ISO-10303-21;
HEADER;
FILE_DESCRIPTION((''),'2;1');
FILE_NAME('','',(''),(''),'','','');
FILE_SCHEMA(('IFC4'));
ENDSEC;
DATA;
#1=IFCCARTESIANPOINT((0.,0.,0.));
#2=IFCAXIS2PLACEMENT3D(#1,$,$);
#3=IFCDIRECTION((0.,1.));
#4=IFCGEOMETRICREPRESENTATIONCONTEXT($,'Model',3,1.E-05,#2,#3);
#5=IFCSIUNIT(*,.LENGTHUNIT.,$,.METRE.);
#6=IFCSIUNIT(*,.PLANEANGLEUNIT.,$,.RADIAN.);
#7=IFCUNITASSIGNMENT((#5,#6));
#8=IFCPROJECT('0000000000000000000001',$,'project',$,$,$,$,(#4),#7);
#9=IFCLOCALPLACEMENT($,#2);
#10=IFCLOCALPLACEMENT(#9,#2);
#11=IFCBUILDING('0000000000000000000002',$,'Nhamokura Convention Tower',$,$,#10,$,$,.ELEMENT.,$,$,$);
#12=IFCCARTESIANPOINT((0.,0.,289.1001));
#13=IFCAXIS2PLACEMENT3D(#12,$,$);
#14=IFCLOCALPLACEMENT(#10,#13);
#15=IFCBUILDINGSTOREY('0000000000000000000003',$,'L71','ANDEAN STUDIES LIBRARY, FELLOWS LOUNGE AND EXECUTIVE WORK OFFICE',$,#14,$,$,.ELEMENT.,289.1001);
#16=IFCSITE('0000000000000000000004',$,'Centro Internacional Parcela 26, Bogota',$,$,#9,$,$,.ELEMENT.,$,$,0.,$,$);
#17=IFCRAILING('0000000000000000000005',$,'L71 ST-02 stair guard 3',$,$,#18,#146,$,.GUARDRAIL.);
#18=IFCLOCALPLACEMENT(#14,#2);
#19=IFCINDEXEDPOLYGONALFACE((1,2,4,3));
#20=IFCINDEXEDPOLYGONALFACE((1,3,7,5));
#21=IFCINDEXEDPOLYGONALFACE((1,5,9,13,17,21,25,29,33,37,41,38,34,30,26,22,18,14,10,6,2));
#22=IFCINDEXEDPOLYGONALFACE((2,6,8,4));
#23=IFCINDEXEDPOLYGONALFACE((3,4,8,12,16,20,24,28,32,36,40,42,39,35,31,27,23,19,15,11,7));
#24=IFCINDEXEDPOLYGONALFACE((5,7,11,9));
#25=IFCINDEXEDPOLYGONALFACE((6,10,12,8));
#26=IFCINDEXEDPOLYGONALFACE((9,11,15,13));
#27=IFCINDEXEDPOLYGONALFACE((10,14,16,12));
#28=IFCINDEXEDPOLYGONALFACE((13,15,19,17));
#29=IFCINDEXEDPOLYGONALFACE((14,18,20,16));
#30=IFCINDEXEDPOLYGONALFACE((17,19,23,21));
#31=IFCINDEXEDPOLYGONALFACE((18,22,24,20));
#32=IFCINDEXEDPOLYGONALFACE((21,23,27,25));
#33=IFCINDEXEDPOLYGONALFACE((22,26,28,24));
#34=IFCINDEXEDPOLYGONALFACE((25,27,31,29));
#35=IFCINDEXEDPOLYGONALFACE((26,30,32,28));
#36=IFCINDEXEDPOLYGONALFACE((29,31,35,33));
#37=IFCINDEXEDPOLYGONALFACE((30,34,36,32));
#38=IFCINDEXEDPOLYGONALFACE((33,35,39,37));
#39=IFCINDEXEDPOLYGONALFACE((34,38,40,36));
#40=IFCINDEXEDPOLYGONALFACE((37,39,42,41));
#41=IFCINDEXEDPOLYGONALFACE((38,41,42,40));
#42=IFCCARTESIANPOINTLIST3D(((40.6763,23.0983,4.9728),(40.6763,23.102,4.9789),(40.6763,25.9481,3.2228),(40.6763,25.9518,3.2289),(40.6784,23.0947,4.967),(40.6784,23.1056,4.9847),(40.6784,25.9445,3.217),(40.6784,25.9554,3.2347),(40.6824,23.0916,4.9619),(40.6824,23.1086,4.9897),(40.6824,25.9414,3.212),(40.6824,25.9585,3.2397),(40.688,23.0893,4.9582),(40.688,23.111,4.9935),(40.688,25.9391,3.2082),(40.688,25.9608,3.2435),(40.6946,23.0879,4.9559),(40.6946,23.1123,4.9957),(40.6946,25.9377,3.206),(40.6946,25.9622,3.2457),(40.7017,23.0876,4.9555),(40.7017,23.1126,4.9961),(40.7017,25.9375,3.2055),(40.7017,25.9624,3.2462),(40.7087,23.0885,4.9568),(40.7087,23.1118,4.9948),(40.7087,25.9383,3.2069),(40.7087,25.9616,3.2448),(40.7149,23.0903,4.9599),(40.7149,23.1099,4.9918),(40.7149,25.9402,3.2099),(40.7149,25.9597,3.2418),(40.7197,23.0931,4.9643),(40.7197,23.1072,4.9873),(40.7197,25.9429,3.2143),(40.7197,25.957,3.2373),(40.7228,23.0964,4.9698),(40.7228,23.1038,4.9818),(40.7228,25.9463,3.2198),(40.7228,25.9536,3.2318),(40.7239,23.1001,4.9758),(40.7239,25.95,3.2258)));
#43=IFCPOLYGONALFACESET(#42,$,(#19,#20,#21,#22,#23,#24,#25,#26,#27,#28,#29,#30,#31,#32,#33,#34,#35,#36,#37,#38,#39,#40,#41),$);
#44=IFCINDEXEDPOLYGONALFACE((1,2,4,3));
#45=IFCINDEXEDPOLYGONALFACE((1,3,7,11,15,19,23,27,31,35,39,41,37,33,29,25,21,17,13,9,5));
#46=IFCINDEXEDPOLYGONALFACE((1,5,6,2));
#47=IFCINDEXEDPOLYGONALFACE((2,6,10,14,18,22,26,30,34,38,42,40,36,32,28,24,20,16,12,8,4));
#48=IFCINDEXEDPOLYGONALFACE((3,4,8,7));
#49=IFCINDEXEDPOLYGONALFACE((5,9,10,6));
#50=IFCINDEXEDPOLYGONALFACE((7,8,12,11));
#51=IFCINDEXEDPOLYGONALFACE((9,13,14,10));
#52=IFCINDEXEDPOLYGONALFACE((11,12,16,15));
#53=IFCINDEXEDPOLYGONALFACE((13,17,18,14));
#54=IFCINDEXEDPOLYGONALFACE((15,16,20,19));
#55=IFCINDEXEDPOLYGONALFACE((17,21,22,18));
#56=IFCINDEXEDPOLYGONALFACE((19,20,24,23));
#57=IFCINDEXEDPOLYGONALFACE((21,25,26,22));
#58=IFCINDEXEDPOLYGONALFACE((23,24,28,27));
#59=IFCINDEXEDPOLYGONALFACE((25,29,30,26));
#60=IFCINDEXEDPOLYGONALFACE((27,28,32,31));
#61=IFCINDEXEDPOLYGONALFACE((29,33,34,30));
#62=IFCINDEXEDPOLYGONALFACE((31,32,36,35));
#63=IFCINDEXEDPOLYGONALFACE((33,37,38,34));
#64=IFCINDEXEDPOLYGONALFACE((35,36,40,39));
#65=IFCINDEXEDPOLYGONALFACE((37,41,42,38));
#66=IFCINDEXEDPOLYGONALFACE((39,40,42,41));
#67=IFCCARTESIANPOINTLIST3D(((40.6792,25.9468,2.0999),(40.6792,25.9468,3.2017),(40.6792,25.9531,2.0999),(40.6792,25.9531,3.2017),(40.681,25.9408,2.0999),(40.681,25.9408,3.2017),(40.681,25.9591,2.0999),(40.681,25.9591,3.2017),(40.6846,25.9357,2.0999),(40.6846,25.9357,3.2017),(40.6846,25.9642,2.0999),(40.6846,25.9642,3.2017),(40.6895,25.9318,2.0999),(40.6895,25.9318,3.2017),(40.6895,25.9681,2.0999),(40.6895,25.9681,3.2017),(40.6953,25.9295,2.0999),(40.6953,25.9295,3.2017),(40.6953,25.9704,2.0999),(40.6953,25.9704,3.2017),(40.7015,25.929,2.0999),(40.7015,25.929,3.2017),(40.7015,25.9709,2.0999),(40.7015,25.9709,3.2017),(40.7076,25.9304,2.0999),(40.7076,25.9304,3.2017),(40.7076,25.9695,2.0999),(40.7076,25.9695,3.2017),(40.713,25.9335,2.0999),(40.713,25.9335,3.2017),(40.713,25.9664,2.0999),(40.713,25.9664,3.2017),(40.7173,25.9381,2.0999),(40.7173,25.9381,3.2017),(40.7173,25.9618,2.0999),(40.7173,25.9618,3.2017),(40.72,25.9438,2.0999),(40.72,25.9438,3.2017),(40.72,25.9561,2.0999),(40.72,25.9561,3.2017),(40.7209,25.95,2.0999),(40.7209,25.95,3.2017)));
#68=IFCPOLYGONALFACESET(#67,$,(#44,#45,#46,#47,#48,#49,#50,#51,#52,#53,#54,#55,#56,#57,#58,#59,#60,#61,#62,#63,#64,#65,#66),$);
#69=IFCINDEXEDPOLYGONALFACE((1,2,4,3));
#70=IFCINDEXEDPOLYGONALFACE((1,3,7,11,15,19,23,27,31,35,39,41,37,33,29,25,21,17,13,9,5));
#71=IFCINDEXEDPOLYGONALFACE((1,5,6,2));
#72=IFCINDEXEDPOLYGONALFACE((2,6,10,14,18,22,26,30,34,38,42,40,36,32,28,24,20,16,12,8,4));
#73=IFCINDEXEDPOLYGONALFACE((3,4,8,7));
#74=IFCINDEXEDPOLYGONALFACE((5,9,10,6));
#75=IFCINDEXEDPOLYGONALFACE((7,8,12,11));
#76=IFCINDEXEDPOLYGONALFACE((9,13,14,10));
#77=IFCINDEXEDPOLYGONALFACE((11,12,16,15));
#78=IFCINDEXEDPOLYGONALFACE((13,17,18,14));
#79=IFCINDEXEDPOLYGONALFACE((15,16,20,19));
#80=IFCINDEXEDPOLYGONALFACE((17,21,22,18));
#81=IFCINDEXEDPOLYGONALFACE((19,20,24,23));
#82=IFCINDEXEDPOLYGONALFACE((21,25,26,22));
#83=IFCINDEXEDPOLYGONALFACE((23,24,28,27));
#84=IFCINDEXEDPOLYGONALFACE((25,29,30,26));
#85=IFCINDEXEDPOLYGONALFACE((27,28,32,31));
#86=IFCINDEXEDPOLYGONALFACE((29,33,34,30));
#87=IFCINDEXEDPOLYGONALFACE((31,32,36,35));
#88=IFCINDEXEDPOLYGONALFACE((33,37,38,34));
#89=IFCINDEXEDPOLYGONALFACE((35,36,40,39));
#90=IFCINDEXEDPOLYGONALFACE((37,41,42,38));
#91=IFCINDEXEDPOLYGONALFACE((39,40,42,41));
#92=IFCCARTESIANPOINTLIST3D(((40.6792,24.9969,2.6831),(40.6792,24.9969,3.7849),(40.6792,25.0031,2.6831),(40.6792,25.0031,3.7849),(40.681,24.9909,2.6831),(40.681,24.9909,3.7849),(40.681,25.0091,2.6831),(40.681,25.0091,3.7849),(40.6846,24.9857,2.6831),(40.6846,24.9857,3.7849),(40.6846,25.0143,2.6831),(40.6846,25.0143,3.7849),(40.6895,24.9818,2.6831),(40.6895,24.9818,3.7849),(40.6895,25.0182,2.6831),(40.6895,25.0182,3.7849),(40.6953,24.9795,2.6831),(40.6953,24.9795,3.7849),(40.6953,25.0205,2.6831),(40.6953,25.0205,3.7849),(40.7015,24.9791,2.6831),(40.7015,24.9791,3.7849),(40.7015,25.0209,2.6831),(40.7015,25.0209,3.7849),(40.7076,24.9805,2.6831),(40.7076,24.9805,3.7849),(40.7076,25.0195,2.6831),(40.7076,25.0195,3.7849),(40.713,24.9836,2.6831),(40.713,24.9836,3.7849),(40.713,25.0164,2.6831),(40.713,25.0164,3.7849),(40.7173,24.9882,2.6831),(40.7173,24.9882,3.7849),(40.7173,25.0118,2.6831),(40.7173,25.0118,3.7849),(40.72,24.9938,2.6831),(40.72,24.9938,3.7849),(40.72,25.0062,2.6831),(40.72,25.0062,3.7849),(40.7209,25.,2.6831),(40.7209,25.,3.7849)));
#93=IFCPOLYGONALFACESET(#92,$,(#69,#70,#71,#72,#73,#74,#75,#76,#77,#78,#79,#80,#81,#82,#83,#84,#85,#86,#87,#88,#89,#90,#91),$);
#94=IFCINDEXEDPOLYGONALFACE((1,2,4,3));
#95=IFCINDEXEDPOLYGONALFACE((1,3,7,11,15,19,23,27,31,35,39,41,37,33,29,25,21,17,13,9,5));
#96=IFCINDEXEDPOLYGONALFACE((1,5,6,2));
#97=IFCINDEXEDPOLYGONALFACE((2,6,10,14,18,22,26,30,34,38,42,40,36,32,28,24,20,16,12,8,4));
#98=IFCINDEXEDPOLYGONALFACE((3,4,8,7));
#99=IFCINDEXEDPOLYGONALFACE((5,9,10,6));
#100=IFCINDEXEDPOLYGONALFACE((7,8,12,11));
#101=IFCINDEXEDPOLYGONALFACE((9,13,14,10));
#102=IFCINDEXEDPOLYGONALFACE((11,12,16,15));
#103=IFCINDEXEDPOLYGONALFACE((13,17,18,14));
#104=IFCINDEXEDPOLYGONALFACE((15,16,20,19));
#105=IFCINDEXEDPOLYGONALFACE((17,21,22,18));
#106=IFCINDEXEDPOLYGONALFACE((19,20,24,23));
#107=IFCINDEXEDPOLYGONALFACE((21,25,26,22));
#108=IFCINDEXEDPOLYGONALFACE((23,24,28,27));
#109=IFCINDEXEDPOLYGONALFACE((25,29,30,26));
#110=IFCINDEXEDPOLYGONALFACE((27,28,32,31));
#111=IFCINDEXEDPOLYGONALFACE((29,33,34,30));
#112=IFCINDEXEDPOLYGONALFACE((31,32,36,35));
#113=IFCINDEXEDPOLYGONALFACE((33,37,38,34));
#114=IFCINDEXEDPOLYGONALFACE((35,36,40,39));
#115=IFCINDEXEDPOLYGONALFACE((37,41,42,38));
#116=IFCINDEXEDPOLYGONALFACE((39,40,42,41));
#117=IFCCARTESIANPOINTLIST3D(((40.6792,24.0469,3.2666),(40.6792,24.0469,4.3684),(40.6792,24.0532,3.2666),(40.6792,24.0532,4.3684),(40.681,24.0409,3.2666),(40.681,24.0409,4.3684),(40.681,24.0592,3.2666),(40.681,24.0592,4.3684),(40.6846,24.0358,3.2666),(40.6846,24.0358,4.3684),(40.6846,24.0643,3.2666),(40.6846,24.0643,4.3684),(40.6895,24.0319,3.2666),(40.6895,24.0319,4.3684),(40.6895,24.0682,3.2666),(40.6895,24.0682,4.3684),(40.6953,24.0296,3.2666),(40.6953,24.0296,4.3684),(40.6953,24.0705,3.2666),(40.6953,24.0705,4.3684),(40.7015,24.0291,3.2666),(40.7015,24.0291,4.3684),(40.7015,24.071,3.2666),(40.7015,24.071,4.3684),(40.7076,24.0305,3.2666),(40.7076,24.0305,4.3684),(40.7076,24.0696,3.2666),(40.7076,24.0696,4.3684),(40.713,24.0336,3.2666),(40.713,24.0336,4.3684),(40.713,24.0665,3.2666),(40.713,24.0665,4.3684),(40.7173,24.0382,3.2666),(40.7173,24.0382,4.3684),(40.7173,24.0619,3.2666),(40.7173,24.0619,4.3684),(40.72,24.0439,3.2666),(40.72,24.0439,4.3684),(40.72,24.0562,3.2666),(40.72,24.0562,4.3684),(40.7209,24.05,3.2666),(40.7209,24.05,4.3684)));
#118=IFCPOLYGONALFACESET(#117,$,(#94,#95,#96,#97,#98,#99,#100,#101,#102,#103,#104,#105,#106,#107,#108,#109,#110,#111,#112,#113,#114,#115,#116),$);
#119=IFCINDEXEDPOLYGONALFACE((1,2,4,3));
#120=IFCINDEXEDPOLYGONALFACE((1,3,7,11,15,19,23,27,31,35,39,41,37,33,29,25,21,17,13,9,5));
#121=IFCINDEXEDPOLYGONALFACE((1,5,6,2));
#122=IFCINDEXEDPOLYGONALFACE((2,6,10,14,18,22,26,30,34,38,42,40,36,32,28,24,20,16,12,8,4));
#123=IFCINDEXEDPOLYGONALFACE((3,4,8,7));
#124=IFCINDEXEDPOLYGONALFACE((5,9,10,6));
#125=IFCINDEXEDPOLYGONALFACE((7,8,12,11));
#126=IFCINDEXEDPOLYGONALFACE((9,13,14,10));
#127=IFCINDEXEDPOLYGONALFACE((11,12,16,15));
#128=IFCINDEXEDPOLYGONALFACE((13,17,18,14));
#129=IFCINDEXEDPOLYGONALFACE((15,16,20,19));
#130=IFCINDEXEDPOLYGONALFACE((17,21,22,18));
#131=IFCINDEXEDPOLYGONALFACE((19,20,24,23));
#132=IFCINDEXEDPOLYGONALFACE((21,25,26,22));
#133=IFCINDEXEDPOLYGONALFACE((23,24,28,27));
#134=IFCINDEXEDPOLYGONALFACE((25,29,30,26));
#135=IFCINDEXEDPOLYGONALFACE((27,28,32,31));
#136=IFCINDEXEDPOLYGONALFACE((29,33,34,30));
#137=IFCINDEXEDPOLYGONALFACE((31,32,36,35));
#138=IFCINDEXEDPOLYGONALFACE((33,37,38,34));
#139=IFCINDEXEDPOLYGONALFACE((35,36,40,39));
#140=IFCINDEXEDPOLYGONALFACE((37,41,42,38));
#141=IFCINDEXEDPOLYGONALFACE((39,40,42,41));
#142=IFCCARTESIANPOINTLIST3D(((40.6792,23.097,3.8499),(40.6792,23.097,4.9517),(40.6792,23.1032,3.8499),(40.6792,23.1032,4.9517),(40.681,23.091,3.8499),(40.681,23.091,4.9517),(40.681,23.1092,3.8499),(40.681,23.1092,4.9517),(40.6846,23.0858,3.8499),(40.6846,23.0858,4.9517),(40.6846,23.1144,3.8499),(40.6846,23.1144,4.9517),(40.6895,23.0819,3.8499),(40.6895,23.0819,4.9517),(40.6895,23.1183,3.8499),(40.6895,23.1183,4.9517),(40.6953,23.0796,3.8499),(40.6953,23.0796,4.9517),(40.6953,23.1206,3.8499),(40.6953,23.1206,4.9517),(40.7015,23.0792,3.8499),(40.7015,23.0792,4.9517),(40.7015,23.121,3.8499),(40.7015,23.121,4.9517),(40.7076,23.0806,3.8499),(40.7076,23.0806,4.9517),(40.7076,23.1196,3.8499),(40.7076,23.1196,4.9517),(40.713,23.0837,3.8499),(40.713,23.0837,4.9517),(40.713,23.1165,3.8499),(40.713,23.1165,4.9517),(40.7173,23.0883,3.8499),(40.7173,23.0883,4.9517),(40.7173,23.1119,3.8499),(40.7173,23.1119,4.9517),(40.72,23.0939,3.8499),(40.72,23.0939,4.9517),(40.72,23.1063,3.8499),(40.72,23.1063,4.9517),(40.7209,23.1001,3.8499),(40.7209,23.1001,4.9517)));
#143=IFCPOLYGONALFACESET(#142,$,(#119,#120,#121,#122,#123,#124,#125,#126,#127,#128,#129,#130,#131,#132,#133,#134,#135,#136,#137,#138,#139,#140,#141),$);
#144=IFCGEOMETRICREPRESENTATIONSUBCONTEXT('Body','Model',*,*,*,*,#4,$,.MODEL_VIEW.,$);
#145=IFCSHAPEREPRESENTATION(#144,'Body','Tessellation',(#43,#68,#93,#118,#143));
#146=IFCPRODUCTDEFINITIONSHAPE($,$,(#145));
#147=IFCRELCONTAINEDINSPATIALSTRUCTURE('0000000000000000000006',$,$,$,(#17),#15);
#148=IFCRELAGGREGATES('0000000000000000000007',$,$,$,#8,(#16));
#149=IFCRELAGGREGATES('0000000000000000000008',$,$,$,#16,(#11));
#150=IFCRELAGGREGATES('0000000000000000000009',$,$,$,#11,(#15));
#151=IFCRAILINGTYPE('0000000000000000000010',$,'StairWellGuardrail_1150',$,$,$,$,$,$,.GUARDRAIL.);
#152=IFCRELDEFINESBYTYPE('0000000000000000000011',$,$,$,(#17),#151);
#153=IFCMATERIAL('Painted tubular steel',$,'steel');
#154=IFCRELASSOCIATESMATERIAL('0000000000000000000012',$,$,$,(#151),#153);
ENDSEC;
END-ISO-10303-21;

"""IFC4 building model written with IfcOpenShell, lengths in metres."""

from ifc_helpers import new_model, si_unit, direction, frame, origin, origin_2d, place, context, subcontext, project, spatial, circle, extrude, material, type_object, element, save


model = new_model("IFC4")

# Units and contexts
model_context = context("Model", 3, precision=1e-05, world=origin(), true_north=direction((0.0, 1.0)))
body_context = subcontext(model_context, "Body", "Model", "MODEL_VIEW")
ifc_project = project(units=[si_unit("LENGTHUNIT", "METRE"), si_unit("PLANEANGLEUNIT", "RADIAN")], contexts=[model_context])

# Site, building, storey
site_placement = place(None, origin())
site = spatial("IfcSite", under=ifc_project, at=site_placement, Name="Centro Internacional Parcela 26, Bogota", CompositionType="ELEMENT", RefElevation=0.0)
building_placement = place(site_placement, origin())
building = spatial("IfcBuilding", under=site, at=building_placement, Name="Nhamokura Convention Tower", CompositionType="ELEMENT")
storey_placement = place(building_placement, frame((0.0, 0.0, 289.1001)))
storey = spatial("IfcBuildingStorey", under=building, at=storey_placement, Name="L71", Description="ANDEAN STUDIES LIBRARY, FELLOWS LOUNGE AND EXECUTIVE WORK OFFICE", CompositionType="ELEMENT", Elevation=289.1001)

# Railing
ifc_material_1 = material(Name="Painted tubular steel", Category="steel")
railing_type_1 = type_object("IfcRailingType", Name="StairWellGuardrail_1150", PredefinedType="GUARDRAIL", material=ifc_material_1)
railing_1_placement = place(storey_placement, frame((40.7, 25.95, 2.0999)))
element("IfcRailing", 1, at=railing_1_placement, inside=storey, type_object=railing_type_1, Name="L71 ST-02 stair guard 3", PredefinedType="GUARDRAIL", context=body_context, shape_type="SweptSolid", body=[
    extrude(circle(Radius=0.0239, at=origin_2d()), frame((0.0, 0.0, 1.126), z_axis=(0.0, -0.852159, 0.523283), x_axis=(1.0, 0.0, 0.0)), (0.0, 0.0, 1.0), 3.3442),
    extrude(circle(Radius=0.021, at=origin_2d()), origin(), (0.0, 0.0, 1.0), 1.1018),
    extrude(circle(Radius=0.021, at=origin_2d()), frame((0.0, -0.95, 0.5833)), (0.0, 0.0, 1.0), 1.1018),
    extrude(circle(Radius=0.021, at=origin_2d()), frame((0.0, -1.8999, 1.1667)), (0.0, 0.0, 1.0), 1.1018),
    extrude(circle(Radius=0.021, at=origin_2d()), frame((0.0, -2.8499, 1.75)), (0.0, 0.0, 1.0), 1.1018),
])

save(model, "model.ifc")
